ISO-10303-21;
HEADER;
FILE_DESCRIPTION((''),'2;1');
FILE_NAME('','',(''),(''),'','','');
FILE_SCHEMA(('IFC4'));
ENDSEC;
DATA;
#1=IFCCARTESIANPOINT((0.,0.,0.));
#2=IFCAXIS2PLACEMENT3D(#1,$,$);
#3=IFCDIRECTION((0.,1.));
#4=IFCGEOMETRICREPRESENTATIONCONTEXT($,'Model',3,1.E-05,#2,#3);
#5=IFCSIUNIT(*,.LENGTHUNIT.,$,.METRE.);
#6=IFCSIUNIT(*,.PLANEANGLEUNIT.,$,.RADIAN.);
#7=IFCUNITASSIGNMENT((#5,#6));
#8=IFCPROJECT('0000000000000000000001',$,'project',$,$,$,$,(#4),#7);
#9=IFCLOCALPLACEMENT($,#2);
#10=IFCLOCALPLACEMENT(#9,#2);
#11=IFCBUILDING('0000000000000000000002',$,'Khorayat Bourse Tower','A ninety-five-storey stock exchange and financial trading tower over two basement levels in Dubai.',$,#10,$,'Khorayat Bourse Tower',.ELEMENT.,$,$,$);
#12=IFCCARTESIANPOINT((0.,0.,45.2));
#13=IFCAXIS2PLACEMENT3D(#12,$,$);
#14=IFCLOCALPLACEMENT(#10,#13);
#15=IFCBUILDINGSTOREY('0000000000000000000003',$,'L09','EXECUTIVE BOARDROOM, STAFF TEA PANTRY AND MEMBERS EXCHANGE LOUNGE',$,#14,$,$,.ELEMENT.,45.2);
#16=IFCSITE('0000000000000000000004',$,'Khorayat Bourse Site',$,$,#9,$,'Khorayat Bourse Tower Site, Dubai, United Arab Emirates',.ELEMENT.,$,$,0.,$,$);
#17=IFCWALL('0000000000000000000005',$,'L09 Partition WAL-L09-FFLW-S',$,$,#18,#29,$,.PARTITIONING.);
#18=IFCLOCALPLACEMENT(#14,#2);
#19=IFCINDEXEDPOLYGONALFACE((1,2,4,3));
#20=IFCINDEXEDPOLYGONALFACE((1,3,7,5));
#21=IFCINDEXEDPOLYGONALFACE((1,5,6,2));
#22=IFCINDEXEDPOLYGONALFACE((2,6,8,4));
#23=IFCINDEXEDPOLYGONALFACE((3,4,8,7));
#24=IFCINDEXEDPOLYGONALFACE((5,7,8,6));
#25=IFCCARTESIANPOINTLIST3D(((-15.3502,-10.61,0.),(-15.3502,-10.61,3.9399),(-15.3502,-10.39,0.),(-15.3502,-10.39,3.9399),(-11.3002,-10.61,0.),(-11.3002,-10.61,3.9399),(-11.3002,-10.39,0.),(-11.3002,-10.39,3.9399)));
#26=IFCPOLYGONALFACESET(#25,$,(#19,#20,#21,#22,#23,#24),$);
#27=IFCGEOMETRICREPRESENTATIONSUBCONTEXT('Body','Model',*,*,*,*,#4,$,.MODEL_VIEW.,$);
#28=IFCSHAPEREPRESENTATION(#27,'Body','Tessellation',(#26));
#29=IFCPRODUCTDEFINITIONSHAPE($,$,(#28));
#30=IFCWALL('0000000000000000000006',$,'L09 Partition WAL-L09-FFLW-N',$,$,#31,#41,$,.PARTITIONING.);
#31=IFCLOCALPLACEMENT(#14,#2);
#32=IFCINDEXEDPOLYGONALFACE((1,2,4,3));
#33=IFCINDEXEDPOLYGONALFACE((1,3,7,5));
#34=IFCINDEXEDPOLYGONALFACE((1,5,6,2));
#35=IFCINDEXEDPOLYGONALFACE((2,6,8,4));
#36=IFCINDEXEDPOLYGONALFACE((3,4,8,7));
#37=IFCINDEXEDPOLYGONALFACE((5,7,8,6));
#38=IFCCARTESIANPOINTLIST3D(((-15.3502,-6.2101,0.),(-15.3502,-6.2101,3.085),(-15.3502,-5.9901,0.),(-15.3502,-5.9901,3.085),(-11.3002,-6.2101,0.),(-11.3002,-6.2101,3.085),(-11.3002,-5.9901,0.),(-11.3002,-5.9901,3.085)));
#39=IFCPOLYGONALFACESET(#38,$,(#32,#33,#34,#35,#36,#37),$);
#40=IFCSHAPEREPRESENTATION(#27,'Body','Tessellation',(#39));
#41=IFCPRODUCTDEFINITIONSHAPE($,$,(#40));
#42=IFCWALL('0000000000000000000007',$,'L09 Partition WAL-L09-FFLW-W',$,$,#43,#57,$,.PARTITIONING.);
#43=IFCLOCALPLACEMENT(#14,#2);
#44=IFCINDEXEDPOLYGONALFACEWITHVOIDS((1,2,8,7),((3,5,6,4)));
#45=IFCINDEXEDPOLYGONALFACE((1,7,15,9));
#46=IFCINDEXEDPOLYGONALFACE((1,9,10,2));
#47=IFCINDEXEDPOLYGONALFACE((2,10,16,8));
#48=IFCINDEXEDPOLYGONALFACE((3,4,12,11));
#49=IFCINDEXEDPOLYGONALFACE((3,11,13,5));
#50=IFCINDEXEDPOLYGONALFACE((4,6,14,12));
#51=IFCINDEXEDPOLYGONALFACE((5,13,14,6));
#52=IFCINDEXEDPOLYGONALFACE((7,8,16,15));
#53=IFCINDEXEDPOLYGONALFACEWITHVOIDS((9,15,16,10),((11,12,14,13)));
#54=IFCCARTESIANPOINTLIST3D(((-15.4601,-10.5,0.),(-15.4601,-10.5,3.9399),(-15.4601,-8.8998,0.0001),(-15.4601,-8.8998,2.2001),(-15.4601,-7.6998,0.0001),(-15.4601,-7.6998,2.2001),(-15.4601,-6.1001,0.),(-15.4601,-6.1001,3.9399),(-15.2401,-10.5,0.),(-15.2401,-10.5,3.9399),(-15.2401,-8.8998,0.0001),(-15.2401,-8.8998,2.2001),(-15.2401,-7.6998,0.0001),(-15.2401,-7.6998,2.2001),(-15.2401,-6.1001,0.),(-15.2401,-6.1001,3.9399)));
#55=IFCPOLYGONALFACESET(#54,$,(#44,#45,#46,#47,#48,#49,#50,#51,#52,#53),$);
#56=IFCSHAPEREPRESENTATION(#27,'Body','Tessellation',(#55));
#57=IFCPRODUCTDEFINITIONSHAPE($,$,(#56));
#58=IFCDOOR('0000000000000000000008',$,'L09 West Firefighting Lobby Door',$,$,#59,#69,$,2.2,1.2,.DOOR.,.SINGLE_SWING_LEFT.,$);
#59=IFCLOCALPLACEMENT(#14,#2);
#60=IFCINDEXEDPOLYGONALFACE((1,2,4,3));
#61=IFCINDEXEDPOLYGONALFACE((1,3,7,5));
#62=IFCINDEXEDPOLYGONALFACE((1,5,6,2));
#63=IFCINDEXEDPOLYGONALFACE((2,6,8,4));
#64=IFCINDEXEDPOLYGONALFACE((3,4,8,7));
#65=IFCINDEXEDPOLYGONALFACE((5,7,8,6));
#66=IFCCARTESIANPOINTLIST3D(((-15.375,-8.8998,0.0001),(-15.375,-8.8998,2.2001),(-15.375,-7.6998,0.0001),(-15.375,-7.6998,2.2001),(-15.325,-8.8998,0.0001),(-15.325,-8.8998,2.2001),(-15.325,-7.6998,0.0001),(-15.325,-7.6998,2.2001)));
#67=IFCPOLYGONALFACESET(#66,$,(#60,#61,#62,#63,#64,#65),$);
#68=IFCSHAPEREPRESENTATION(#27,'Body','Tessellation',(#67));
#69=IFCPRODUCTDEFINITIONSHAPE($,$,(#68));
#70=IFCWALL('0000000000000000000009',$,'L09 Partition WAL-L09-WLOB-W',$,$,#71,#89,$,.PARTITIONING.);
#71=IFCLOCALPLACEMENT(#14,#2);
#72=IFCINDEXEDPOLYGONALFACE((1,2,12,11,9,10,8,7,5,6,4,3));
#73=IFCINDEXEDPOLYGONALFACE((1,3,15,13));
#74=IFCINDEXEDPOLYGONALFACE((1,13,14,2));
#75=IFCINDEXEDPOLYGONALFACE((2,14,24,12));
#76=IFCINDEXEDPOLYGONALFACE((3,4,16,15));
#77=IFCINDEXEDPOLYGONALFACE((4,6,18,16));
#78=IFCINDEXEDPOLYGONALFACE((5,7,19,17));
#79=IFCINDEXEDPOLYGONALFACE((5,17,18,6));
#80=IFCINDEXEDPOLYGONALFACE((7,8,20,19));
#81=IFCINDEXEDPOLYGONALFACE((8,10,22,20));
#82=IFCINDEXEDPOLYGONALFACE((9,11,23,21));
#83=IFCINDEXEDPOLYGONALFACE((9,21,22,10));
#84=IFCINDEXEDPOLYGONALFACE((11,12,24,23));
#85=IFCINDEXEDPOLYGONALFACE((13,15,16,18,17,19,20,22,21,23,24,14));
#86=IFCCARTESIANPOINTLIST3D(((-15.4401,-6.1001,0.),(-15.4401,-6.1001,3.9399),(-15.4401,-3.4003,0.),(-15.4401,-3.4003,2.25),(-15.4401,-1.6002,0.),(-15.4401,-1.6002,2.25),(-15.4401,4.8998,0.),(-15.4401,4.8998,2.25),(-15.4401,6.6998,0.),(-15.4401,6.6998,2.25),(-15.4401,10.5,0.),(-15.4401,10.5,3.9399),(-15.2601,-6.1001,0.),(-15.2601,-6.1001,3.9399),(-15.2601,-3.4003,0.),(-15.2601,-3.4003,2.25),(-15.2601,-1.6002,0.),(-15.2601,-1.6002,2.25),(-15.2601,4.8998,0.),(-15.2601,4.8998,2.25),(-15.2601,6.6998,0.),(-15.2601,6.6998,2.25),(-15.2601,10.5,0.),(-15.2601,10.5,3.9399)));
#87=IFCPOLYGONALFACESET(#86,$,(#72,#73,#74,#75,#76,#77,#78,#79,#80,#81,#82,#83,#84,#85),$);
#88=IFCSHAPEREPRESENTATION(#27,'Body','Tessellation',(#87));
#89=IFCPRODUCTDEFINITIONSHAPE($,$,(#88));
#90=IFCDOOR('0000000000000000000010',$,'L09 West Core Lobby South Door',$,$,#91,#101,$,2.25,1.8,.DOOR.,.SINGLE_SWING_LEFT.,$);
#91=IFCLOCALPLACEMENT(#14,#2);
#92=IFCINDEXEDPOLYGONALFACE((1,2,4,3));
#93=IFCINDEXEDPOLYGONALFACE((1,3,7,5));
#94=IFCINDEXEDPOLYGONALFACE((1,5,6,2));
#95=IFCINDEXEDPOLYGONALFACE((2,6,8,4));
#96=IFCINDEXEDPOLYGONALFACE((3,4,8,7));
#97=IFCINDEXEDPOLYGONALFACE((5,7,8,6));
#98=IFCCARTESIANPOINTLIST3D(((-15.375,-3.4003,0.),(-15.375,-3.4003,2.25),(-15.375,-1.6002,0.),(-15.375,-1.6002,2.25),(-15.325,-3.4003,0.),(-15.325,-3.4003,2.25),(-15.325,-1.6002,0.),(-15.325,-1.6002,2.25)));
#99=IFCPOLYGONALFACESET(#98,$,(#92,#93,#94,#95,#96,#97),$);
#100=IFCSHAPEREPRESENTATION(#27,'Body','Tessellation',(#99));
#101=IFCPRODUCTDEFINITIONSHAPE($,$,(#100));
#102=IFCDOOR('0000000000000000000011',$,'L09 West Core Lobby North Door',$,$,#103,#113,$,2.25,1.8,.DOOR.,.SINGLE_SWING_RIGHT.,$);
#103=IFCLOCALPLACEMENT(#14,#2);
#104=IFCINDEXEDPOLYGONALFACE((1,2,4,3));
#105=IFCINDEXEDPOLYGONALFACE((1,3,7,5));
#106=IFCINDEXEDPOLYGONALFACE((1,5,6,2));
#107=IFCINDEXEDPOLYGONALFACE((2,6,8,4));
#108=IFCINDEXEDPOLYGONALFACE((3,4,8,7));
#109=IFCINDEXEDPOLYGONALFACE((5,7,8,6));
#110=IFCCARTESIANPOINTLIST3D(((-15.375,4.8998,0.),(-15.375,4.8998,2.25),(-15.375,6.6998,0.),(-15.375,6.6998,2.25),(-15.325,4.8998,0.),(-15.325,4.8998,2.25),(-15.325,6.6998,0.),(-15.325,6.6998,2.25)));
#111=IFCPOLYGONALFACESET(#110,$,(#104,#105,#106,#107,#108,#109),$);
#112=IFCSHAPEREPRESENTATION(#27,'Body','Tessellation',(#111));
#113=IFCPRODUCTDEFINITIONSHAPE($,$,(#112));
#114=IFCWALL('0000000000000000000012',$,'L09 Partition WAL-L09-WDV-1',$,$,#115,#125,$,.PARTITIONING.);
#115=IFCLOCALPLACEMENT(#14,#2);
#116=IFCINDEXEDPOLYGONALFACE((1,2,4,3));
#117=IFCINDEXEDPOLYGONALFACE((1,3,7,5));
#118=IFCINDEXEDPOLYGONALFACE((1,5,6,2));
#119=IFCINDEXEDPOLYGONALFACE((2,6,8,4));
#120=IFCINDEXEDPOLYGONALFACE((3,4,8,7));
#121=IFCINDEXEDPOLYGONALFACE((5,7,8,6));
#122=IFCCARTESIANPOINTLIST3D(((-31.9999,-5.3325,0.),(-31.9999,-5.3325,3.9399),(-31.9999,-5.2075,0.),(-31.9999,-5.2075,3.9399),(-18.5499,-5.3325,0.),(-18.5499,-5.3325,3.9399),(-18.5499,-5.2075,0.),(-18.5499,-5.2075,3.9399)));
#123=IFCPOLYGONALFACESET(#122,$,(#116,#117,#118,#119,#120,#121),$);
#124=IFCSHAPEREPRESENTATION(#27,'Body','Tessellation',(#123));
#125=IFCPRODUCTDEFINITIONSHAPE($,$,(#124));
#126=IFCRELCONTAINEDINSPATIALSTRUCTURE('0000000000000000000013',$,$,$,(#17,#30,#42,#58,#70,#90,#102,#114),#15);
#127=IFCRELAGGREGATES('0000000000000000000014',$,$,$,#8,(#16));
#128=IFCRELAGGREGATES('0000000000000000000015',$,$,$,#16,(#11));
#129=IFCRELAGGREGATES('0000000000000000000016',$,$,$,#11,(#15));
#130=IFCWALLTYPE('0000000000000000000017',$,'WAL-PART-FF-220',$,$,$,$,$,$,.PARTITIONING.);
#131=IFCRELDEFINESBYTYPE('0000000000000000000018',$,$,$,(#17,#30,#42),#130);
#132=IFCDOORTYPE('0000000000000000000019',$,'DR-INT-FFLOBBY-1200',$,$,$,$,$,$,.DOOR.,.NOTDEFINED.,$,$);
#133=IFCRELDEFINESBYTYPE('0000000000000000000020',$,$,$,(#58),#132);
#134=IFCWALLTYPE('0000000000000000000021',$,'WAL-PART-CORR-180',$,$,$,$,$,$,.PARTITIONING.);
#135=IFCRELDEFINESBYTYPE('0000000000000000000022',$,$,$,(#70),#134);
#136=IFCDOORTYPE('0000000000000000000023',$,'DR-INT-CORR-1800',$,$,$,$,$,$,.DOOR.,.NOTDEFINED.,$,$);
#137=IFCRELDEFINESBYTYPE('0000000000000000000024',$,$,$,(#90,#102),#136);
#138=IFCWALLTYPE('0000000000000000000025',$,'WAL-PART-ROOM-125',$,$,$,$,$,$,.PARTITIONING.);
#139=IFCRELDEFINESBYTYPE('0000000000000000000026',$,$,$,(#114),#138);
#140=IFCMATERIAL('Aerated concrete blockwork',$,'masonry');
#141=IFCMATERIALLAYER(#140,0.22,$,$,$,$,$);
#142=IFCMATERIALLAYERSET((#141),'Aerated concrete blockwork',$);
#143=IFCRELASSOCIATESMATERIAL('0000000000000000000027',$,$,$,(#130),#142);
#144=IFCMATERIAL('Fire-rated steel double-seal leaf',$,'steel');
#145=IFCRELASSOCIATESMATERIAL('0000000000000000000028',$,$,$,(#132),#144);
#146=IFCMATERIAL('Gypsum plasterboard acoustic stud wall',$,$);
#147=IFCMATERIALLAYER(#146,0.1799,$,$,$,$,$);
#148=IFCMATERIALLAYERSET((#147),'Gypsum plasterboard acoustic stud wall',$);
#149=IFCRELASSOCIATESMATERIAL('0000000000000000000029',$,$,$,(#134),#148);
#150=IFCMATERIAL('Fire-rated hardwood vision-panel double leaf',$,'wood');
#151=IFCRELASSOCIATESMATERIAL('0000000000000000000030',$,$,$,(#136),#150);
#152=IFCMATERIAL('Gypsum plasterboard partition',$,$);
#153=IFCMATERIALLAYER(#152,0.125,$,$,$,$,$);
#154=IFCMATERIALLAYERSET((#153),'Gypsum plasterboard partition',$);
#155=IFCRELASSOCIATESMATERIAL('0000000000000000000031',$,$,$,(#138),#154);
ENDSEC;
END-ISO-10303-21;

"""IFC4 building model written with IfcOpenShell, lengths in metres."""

from ifc_helpers import new_model, si_unit, direction, frame, frame_2d, origin, place, context, subcontext, project, spatial, rectangle, extrude, source, transform, mapped, material, layer, layer_set, type_object, element, fill, save


model = new_model("IFC4")

# Units and contexts
model_context = context("Model", 3, precision=1e-05, world=origin(), true_north=direction((0.0, 1.0)))
body_context = subcontext(model_context, "Body", "Model", "MODEL_VIEW")
ifc_project = project(units=[si_unit("LENGTHUNIT", "METRE"), si_unit("PLANEANGLEUNIT", "RADIAN")], contexts=[model_context])

# Site, building, storey
site_placement = place(None, origin())
site = spatial("IfcSite", under=ifc_project, at=site_placement, Name="Khorayat Bourse Site", LongName="Khorayat Bourse Tower Site, Dubai, United Arab Emirates", CompositionType="ELEMENT", RefElevation=0.0)
building_placement = place(site_placement, origin())
building = spatial("IfcBuilding", under=site, at=building_placement, Name="Khorayat Bourse Tower", Description="A ninety-five-storey stock exchange and financial trading tower over two basement levels in Dubai.", LongName="Khorayat Bourse Tower", CompositionType="ELEMENT")
storey_placement = place(building_placement, frame((0.0, 0.0, 45.2)))
storey = spatial("IfcBuildingStorey", under=building, at=storey_placement, Name="L09", Description="EXECUTIVE BOARDROOM, STAFF TEA PANTRY AND MEMBERS EXCHANGE LOUNGE", CompositionType="ELEMENT", Elevation=45.2)

# Walls
ifc_material_1 = material(Name="Aerated concrete blockwork", Category="masonry")
ifc_layer_1 = layer(ifc_material_1, 0.22)
ifc_layer_set_1 = layer_set([ifc_layer_1], Name="Aerated concrete blockwork")
wall_type_1 = type_object("IfcWallType", Name="WAL-PART-FF-220", PredefinedType="PARTITIONING", material=ifc_layer_set_1)
shared_shape_1 = source(origin(), body_context, "Body", "SweptSolid", [
    extrude(rectangle(XDim=4.05, YDim=0.22, at=frame_2d((2.0249, 0.0))), origin(), (0.0, 0.0, 1.0), 3.9399),
])
wall_1_placement = place(storey_placement, frame((-15.3501, -10.5, 0.0), z_axis=(0.0, 0.0, 1.0), x_axis=(1.0, 0.0, 0.0)))
element("IfcWall", 1, at=wall_1_placement, inside=storey, type_object=wall_type_1, Name="L09 Partition WAL-L09-FFLW-S", PredefinedType="PARTITIONING", context=body_context, shape_type="MappedRepresentation", body=[
    mapped(shared_shape_1, transform((0.0, 0.0, 0.0), scale=1.0)),
])
shared_shape_2 = source(origin(), body_context, "Body", "SweptSolid", [
    extrude(rectangle(XDim=4.05, YDim=0.22, at=frame_2d((2.0249, 0.0))), origin(), (0.0, 0.0, 1.0), 3.085),
])
wall_2_placement = place(storey_placement, frame((-15.3501, -6.1001, 0.0), z_axis=(0.0, 0.0, 1.0), x_axis=(1.0, 0.0, 0.0)))
element("IfcWall", 2, at=wall_2_placement, inside=storey, type_object=wall_type_1, Name="L09 Partition WAL-L09-FFLW-N", PredefinedType="PARTITIONING", context=body_context, shape_type="MappedRepresentation", body=[
    mapped(shared_shape_2, transform((0.0, 0.0, 0.0), scale=1.0)),
])

# Wall, opening, door
shared_shape_3 = source(origin(), body_context, "Body", "SweptSolid", [
    extrude(rectangle(XDim=4.3999, YDim=0.22, at=frame_2d((2.2, 0.0))), origin(), (0.0, 0.0, 1.0), 3.9399),
])
wall_3_placement = place(storey_placement, frame((-15.3501, -10.5, 0.0), z_axis=(0.0, 0.0, 1.0), x_axis=(0.0, 1.0, 0.0)))
wall_3 = element("IfcWall", 3, at=wall_3_placement, inside=storey, type_object=wall_type_1, Name="L09 Partition WAL-L09-FFLW-W", PredefinedType="PARTITIONING", context=body_context, shape_type="MappedRepresentation", body=[
    mapped(shared_shape_3, transform((0.0, 0.0, 0.0), scale=1.0)),
])
shared_shape_4 = source(origin(), body_context, "Body", "SweptSolid", [
    extrude(rectangle(XDim=1.2, YDim=2.2, at=frame_2d((0.6001, 1.1001))), frame((0.0, 0.1199, 0.0), z_axis=(0.0, -1.0, 0.0), x_axis=(1.0, 0.0, 0.0)), (0.0, 0.0, 1.0), 0.24),
])
opening_1_placement = place(wall_3_placement, frame((1.6001, 0.0, 0.0)))
opening_1 = element("IfcOpeningElement", 4, at=opening_1_placement, cuts=wall_3, PredefinedType="OPENING", context=body_context, shape_type="MappedRepresentation", body=[
    mapped(shared_shape_4, transform((0.0, 0.0, 0.0), scale=1.0)),
])
ifc_material_2 = material(Name="Fire-rated steel double-seal leaf", Category="steel")
door_type_1 = type_object("IfcDoorType", Name="DR-INT-FFLOBBY-1200", OperationType="NOTDEFINED", PredefinedType="DOOR", material=ifc_material_2)
shared_shape_5 = source(origin(), body_context, "Body", "SweptSolid", [
    extrude(rectangle(XDim=1.2, YDim=2.2, at=frame_2d((0.6001, 1.1001))), frame((0.0, 0.0249, 0.0), z_axis=(0.0, -1.0, 0.0), x_axis=(1.0, 0.0, 0.0)), (0.0, 0.0, 1.0), 0.05),
])
door_1_placement = place(opening_1_placement, origin())
door_1 = element("IfcDoor", 5, at=door_1_placement, inside=storey, type_object=door_type_1, Name="L09 West Firefighting Lobby Door", OperationType="SINGLE_SWING_LEFT", OverallHeight=2.2, OverallWidth=1.2, PredefinedType="DOOR", context=body_context, shape_type="MappedRepresentation", body=[
    mapped(shared_shape_5, transform((0.0, 0.0, 0.0), scale=1.0)),
])
fill(opening_1, door_1)

# Wall, openings, doors
ifc_material_3 = material(Name="Gypsum plasterboard acoustic stud wall")
ifc_layer_2 = layer(ifc_material_3, 0.1799)
ifc_layer_set_2 = layer_set([ifc_layer_2], Name="Gypsum plasterboard acoustic stud wall")
wall_type_2 = type_object("IfcWallType", Name="WAL-PART-CORR-180", PredefinedType="PARTITIONING", material=ifc_layer_set_2)
shared_shape_6 = source(origin(), body_context, "Body", "SweptSolid", [
    extrude(rectangle(XDim=16.6001, YDim=0.1799, at=frame_2d((8.3, 0.0))), origin(), (0.0, 0.0, 1.0), 3.9399),
])
wall_4_placement = place(storey_placement, frame((-15.3501, -6.1001, 0.0), z_axis=(0.0, 0.0, 1.0), x_axis=(0.0, 1.0, 0.0)))
wall_4 = element("IfcWall", 6, at=wall_4_placement, inside=storey, type_object=wall_type_2, Name="L09 Partition WAL-L09-WLOB-W", PredefinedType="PARTITIONING", context=body_context, shape_type="MappedRepresentation", body=[
    mapped(shared_shape_6, transform((0.0, 0.0, 0.0), scale=1.0)),
])
shared_shape_7 = source(origin(), body_context, "Body", "SweptSolid", [
    extrude(rectangle(XDim=1.8, YDim=2.25, at=frame_2d((0.8999, 1.125))), frame((0.0, 0.0999, 0.0), z_axis=(0.0, -1.0, 0.0), x_axis=(1.0, 0.0, 0.0)), (0.0, 0.0, 1.0), 0.2),
])
opening_2_placement = place(wall_4_placement, frame((2.7, 0.0, 0.0)))
opening_2 = element("IfcOpeningElement", 7, at=opening_2_placement, cuts=wall_4, PredefinedType="OPENING", context=body_context, shape_type="MappedRepresentation", body=[
    mapped(shared_shape_7, transform((0.0, 0.0, 0.0), scale=1.0)),
])
opening_3_placement = place(wall_4_placement, frame((11.0, 0.0, 0.0)))
opening_3 = element("IfcOpeningElement", 8, at=opening_3_placement, cuts=wall_4, PredefinedType="OPENING", context=body_context, shape_type="MappedRepresentation", body=[
    mapped(shared_shape_7, transform((0.0, 0.0, 0.0), scale=1.0)),
])
ifc_material_4 = material(Name="Fire-rated hardwood vision-panel double leaf", Category="wood")
door_type_2 = type_object("IfcDoorType", Name="DR-INT-CORR-1800", OperationType="NOTDEFINED", PredefinedType="DOOR", material=ifc_material_4)
shared_shape_8 = source(origin(), body_context, "Body", "SweptSolid", [
    extrude(rectangle(XDim=1.8, YDim=2.25, at=frame_2d((0.8999, 1.125))), frame((0.0, 0.0249, 0.0), z_axis=(0.0, -1.0, 0.0), x_axis=(1.0, 0.0, 0.0)), (0.0, 0.0, 1.0), 0.05),
])
door_2_placement = place(opening_2_placement, origin())
door_2 = element("IfcDoor", 9, at=door_2_placement, inside=storey, type_object=door_type_2, Name="L09 West Core Lobby South Door", OperationType="SINGLE_SWING_LEFT", OverallHeight=2.25, OverallWidth=1.8, PredefinedType="DOOR", context=body_context, shape_type="MappedRepresentation", body=[
    mapped(shared_shape_8, transform((0.0, 0.0, 0.0), scale=1.0)),
])
fill(opening_2, door_2)
door_3_placement = place(opening_3_placement, origin())
door_3 = element("IfcDoor", 10, at=door_3_placement, inside=storey, type_object=door_type_2, Name="L09 West Core Lobby North Door", OperationType="SINGLE_SWING_RIGHT", OverallHeight=2.25, OverallWidth=1.8, PredefinedType="DOOR", context=body_context, shape_type="MappedRepresentation", body=[
    mapped(shared_shape_8, transform((0.0, 0.0, 0.0), scale=1.0)),
])
fill(opening_3, door_3)

# Wall
ifc_material_5 = material(Name="Gypsum plasterboard partition")
ifc_layer_3 = layer(ifc_material_5, 0.125)
ifc_layer_set_3 = layer_set([ifc_layer_3], Name="Gypsum plasterboard partition")
wall_type_3 = type_object("IfcWallType", Name="WAL-PART-ROOM-125", PredefinedType="PARTITIONING", material=ifc_layer_set_3)
shared_shape_9 = source(origin(), body_context, "Body", "SweptSolid", [
    extrude(rectangle(XDim=13.45, YDim=0.125, at=frame_2d((6.7251, 0.0))), origin(), (0.0, 0.0, 1.0), 3.9399),
])
wall_5_placement = place(storey_placement, frame((-32.0, -5.27, 0.0), z_axis=(0.0, 0.0, 1.0), x_axis=(1.0, 0.0, 0.0)))
element("IfcWall", 11, at=wall_5_placement, inside=storey, type_object=wall_type_3, Name="L09 Partition WAL-L09-WDV-1", PredefinedType="PARTITIONING", context=body_context, shape_type="MappedRepresentation", body=[
    mapped(shared_shape_9, transform((0.0, 0.0, 0.0), scale=1.0)),
])

save(model, "model.ifc")
